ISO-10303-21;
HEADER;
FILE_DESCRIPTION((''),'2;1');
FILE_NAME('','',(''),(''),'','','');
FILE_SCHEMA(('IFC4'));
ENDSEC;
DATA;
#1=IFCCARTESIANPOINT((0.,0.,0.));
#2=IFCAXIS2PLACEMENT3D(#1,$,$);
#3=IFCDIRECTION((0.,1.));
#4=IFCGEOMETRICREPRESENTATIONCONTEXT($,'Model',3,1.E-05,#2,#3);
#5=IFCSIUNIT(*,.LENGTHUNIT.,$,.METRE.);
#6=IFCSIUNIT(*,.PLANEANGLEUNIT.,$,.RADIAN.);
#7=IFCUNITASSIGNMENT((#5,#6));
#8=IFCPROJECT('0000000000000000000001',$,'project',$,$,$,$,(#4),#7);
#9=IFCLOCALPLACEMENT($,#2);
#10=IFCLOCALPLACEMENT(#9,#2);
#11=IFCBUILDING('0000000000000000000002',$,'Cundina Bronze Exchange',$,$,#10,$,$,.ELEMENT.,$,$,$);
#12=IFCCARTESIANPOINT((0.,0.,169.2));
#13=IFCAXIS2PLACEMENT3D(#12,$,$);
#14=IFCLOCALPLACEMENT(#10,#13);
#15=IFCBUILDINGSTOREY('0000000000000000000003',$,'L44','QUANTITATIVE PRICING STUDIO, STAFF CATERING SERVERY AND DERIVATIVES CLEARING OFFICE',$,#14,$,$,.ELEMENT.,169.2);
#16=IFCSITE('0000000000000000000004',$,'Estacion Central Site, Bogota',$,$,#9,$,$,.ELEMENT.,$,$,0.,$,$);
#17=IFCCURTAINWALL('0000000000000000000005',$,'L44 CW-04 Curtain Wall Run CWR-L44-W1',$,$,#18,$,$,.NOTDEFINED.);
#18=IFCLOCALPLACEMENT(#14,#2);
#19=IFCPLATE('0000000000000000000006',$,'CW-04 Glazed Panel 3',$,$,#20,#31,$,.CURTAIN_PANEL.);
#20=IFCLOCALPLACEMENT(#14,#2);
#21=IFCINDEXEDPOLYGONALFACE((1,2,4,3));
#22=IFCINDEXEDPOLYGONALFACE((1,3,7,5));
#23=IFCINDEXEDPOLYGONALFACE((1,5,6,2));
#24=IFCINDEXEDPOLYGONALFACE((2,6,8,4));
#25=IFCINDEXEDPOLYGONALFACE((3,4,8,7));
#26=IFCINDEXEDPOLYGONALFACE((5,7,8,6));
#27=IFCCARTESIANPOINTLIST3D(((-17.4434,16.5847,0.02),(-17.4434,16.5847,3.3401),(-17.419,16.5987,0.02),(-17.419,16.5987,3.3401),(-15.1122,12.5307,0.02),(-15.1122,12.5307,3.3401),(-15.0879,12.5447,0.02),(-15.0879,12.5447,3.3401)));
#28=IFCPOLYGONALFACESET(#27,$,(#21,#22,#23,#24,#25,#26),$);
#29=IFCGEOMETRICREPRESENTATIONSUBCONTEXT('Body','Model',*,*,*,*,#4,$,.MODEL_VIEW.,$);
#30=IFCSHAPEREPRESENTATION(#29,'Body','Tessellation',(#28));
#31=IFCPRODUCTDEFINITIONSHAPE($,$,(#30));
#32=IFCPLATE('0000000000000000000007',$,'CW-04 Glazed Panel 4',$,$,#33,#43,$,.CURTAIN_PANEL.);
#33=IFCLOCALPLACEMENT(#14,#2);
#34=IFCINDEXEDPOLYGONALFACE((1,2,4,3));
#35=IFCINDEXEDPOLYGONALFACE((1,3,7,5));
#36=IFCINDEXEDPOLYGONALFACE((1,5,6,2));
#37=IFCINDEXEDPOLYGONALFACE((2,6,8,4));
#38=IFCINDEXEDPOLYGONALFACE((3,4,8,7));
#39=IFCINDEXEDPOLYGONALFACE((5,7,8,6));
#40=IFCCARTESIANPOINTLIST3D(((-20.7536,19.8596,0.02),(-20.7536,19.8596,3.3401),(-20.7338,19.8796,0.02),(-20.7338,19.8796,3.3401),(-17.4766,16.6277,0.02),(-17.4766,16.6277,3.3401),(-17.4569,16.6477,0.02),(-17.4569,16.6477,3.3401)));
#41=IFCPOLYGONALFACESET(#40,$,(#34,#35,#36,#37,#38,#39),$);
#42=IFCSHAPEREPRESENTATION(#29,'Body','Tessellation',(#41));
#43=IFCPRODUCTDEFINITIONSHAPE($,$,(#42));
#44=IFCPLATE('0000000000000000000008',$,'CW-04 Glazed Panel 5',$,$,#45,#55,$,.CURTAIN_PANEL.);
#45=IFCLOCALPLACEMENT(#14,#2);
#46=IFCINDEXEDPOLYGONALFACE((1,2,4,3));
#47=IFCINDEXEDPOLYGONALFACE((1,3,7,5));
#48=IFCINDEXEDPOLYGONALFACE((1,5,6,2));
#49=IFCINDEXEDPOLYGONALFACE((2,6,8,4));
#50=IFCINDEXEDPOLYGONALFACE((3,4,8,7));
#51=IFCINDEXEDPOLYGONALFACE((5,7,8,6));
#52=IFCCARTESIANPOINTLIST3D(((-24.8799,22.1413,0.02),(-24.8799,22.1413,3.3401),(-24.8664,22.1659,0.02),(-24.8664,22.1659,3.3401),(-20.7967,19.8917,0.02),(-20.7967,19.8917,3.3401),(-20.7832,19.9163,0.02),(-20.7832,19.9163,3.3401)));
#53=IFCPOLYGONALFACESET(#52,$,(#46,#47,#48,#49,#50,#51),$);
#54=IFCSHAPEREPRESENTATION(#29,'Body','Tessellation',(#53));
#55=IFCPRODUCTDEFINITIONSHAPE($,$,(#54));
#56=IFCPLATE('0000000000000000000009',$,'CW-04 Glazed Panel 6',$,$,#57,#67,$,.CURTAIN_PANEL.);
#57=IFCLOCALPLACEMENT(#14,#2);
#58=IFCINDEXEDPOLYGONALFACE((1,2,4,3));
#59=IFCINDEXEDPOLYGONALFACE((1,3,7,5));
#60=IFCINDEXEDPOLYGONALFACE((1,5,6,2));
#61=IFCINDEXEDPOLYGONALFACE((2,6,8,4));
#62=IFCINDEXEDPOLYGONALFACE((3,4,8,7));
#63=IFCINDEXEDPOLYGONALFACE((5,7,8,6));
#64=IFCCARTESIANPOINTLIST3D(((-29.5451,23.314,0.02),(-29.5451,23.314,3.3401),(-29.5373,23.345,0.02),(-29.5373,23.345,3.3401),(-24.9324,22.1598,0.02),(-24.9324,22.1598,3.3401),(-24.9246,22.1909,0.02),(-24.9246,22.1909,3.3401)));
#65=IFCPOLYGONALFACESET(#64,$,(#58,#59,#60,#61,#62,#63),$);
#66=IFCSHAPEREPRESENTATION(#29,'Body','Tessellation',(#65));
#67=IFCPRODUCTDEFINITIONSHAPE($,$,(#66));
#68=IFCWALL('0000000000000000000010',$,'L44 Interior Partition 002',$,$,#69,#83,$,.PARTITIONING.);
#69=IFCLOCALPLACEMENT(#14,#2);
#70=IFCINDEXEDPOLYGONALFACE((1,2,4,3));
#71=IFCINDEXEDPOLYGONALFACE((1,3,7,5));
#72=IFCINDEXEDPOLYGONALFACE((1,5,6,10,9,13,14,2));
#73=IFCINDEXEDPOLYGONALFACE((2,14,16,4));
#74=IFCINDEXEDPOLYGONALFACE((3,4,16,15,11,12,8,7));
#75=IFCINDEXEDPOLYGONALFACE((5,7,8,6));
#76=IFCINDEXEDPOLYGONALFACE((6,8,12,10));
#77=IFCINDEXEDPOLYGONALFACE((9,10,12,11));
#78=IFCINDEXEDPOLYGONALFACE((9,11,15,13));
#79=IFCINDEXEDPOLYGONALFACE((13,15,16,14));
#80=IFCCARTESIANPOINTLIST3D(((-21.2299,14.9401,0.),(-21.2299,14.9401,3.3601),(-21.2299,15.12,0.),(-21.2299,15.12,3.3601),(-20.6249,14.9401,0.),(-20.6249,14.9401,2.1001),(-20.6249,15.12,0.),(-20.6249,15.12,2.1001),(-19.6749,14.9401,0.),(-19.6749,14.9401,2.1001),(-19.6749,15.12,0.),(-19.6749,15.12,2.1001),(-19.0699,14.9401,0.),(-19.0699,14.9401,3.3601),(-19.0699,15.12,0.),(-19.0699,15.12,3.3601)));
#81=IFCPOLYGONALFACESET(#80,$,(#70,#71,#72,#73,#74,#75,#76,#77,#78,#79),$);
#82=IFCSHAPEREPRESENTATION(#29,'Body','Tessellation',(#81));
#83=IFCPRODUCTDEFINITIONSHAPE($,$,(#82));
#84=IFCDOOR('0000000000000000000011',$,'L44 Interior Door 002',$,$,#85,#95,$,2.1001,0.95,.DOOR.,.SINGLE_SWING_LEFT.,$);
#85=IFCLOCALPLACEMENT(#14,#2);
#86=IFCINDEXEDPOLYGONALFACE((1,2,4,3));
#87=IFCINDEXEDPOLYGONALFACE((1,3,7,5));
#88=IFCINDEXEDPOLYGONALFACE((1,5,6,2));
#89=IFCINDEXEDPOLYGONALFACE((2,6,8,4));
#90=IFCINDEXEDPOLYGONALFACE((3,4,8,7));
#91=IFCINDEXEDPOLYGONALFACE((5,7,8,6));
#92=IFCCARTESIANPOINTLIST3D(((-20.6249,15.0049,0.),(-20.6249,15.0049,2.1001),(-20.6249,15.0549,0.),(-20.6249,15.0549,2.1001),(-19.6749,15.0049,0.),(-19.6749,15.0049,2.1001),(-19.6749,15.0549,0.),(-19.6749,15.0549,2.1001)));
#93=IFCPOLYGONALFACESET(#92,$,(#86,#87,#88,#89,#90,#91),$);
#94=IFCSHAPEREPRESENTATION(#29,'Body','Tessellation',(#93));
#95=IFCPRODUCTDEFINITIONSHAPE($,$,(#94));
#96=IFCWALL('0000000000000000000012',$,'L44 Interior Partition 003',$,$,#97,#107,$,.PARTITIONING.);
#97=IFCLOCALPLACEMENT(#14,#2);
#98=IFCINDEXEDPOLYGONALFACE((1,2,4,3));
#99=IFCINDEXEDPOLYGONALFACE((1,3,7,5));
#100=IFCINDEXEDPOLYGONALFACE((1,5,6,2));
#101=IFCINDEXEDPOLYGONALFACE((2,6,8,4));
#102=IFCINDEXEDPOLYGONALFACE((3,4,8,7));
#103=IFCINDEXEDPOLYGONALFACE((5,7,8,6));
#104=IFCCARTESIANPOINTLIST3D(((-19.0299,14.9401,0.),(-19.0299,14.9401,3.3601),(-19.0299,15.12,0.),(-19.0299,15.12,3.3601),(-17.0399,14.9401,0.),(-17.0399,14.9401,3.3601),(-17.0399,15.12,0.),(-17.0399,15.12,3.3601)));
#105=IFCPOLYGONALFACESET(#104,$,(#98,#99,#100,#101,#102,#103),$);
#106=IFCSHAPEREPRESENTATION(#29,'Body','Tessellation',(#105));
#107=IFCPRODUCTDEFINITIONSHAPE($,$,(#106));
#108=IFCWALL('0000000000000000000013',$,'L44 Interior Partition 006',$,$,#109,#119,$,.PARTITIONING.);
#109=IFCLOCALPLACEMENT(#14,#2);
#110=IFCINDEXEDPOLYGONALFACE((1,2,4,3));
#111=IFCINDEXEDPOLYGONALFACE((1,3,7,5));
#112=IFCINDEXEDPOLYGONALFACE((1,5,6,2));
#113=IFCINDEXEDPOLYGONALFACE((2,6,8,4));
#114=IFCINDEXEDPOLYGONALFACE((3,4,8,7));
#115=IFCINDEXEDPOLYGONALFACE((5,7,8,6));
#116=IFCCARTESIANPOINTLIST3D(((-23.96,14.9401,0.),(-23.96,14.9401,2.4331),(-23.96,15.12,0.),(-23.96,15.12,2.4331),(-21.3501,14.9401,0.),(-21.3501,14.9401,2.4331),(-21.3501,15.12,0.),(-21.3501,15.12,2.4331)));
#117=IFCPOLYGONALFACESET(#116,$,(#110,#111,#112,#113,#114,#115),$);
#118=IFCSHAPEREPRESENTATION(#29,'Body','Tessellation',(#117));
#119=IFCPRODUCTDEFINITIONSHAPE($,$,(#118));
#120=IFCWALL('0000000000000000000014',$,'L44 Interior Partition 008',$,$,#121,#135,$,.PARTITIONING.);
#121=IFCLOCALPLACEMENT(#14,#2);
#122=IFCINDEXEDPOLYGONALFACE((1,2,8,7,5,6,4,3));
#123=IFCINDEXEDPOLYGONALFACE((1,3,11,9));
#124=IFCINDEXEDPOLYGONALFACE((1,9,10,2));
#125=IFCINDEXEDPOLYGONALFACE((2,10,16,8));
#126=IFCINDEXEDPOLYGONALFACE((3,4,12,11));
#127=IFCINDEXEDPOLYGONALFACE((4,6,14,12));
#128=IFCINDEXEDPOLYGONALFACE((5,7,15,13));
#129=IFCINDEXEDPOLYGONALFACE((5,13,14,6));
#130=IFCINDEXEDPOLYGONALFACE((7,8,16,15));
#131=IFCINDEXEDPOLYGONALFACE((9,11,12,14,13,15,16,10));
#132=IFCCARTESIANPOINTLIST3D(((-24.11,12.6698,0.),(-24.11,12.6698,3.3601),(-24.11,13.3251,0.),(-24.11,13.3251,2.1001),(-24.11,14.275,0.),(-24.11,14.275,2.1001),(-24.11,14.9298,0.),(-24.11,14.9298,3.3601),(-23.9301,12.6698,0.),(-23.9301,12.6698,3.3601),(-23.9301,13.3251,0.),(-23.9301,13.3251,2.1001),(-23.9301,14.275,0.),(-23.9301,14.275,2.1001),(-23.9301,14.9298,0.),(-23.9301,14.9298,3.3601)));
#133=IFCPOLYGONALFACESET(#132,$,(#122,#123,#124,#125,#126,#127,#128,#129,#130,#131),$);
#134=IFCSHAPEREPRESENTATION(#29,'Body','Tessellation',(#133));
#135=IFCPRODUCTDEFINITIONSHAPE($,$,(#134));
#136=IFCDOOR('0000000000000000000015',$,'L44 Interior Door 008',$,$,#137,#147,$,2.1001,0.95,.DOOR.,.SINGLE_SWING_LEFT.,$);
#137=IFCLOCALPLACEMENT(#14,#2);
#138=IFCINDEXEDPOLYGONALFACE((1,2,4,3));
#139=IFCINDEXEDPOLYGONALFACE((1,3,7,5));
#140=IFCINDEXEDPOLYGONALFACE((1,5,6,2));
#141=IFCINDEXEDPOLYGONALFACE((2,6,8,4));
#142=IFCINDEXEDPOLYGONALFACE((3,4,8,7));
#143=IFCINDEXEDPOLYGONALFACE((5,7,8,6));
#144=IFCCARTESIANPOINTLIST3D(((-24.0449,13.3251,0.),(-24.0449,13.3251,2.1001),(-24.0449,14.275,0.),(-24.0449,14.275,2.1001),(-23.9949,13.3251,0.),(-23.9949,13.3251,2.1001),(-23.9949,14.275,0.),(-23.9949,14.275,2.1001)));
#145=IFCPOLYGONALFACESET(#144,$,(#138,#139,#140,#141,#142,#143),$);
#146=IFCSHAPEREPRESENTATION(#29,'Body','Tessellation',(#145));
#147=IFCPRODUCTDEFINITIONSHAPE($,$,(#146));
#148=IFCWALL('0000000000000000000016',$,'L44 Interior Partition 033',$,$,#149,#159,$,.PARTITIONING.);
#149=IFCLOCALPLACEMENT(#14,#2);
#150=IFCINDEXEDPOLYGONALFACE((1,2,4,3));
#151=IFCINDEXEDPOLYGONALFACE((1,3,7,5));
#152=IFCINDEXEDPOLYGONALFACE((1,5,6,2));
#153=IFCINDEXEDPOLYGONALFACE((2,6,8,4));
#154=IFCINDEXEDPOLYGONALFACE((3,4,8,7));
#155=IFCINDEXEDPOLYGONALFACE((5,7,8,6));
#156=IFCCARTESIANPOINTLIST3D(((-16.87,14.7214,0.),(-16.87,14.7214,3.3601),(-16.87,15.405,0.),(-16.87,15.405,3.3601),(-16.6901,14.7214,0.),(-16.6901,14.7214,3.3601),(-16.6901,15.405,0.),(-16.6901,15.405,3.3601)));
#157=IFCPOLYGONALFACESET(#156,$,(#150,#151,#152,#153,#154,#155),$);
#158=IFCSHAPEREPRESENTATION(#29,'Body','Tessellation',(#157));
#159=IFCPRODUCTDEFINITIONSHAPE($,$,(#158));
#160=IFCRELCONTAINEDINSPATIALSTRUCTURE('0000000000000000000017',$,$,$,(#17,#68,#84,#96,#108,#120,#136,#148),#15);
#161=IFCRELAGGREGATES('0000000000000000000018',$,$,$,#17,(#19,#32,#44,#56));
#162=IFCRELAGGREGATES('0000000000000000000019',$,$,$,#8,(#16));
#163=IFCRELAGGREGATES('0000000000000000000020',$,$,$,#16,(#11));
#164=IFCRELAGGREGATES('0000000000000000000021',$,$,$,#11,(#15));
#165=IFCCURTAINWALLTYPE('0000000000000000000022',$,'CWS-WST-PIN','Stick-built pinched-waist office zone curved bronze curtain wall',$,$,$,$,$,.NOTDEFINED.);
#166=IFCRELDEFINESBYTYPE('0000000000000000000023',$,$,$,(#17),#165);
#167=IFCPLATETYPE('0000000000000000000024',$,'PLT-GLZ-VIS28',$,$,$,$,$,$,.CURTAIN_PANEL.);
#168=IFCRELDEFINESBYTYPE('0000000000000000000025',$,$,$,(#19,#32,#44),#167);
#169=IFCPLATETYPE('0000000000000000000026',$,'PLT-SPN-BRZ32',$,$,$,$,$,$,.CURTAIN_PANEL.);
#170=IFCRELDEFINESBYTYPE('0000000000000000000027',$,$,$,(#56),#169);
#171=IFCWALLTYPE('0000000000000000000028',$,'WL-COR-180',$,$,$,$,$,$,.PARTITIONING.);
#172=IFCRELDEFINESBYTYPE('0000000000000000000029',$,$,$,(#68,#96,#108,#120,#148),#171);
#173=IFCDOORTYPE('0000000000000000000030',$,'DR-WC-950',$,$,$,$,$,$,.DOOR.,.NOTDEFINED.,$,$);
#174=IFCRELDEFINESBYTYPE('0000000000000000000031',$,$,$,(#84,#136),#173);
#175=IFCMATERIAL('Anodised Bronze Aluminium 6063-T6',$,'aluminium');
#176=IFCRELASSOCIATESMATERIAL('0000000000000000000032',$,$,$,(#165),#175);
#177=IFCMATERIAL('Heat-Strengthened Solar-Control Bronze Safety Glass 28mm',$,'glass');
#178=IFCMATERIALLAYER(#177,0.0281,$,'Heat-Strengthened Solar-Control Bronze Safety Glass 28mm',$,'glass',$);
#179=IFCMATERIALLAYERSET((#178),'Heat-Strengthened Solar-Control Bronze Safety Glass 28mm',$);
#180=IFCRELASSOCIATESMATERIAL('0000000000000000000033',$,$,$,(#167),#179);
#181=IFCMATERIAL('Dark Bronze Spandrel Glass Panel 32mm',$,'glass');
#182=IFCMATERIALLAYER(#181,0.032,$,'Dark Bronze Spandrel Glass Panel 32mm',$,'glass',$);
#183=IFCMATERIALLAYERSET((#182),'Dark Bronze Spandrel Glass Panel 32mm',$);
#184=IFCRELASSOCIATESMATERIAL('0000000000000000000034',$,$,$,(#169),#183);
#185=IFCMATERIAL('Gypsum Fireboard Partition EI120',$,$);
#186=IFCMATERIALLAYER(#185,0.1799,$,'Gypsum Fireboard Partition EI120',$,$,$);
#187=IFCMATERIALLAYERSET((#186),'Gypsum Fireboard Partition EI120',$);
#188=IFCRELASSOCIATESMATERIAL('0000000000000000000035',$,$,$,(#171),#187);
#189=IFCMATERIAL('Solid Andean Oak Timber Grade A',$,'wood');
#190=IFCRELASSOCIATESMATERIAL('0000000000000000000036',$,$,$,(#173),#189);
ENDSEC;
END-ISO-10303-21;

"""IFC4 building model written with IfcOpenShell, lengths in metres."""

from ifc_helpers import new_model, si_unit, direction, frame, frame_2d, origin, origin_2d, place, context, subcontext, project, spatial, rectangle, extrude, material, layer, layer_set, type_object, element, fill, aggregate, save


model = new_model("IFC4")

# Units and contexts
model_context = context("Model", 3, precision=1e-05, world=origin(), true_north=direction((0.0, 1.0)))
body_context = subcontext(model_context, "Body", "Model", "MODEL_VIEW")
ifc_project = project(units=[si_unit("LENGTHUNIT", "METRE"), si_unit("PLANEANGLEUNIT", "RADIAN")], contexts=[model_context])

# Site, building, storey
site_placement = place(None, origin())
site = spatial("IfcSite", under=ifc_project, at=site_placement, Name="Estacion Central Site, Bogota", CompositionType="ELEMENT", RefElevation=0.0)
building_placement = place(site_placement, origin())
building = spatial("IfcBuilding", under=site, at=building_placement, Name="Cundina Bronze Exchange", CompositionType="ELEMENT")
storey_placement = place(building_placement, frame((0.0, 0.0, 169.2)))
storey = spatial("IfcBuildingStorey", under=building, at=storey_placement, Name="L44", Description="QUANTITATIVE PRICING STUDIO, STAFF CATERING SERVERY AND DERIVATIVES CLEARING OFFICE", CompositionType="ELEMENT", Elevation=169.2)

# Curtain wall, plates
ifc_material_1 = material(Name="Anodised Bronze Aluminium 6063-T6", Category="aluminium")
curtain_wall_type = type_object("IfcCurtainWallType", Name="CWS-WST-PIN", Description="Stick-built pinched-waist office zone curved bronze curtain wall", PredefinedType="NOTDEFINED", material=ifc_material_1)
curtain_wall_placement = place(storey_placement, origin())
curtain_wall = element("IfcCurtainWall", 1, at=curtain_wall_placement, inside=storey, type_object=curtain_wall_type, Name="L44 CW-04 Curtain Wall Run CWR-L44-W1", PredefinedType="NOTDEFINED")
ifc_material_2 = material(Name="Heat-Strengthened Solar-Control Bronze Safety Glass 28mm", Category="glass")
ifc_layer_1 = layer(ifc_material_2, 0.0281, Name="Heat-Strengthened Solar-Control Bronze Safety Glass 28mm", Category="glass")
ifc_layer_set_1 = layer_set([ifc_layer_1], Name="Heat-Strengthened Solar-Control Bronze Safety Glass 28mm")
plate_type_1 = type_object("IfcPlateType", Name="PLT-GLZ-VIS28", PredefinedType="CURTAIN_PANEL", material=ifc_layer_set_1)
plate_1_placement = place(storey_placement, frame((-16.2656, 14.5647, 0.02), z_axis=(0.0, 0.0, 1.0), x_axis=(-0.498488, 0.866897, 0.0)))
plate_1 = element("IfcPlate", 2, at=plate_1_placement, type_object=plate_type_1, Name="CW-04 Glazed Panel 3", PredefinedType="CURTAIN_PANEL", context=body_context, shape_type="SweptSolid", body=[
    extrude(rectangle(XDim=4.6765, YDim=0.0281, at=origin_2d()), origin(), (0.0, 0.0, 1.0), 3.3201),
])
plate_2_placement = place(storey_placement, frame((-19.1052, 18.2537, 0.02), z_axis=(0.0, 0.0, 1.0), x_axis=(-0.711989, 0.70219, 0.0)))
plate_2 = element("IfcPlate", 3, at=plate_2_placement, type_object=plate_type_1, Name="CW-04 Glazed Panel 4", PredefinedType="CURTAIN_PANEL", context=body_context, shape_type="SweptSolid", body=[
    extrude(rectangle(XDim=4.6025, YDim=0.0281, at=origin_2d()), origin(), (0.0, 0.0, 1.0), 3.3201),
])
plate_3_placement = place(storey_placement, frame((-22.8315, 21.0288, 0.02), z_axis=(0.0, 0.0, 1.0), x_axis=(-0.875869, 0.482549, 0.0)))
plate_3 = element("IfcPlate", 4, at=plate_3_placement, type_object=plate_type_1, Name="CW-04 Glazed Panel 5", PredefinedType="CURTAIN_PANEL", context=body_context, shape_type="SweptSolid", body=[
    extrude(rectangle(XDim=4.6619, YDim=0.0281, at=origin_2d()), origin(), (0.0, 0.0, 1.0), 3.3201),
])
ifc_material_3 = material(Name="Dark Bronze Spandrel Glass Panel 32mm", Category="glass")
ifc_layer_2 = layer(ifc_material_3, 0.032, Name="Dark Bronze Spandrel Glass Panel 32mm", Category="glass")
ifc_layer_set_2 = layer_set([ifc_layer_2], Name="Dark Bronze Spandrel Glass Panel 32mm")
plate_type_2 = type_object("IfcPlateType", Name="PLT-SPN-BRZ32", PredefinedType="CURTAIN_PANEL", material=ifc_layer_set_2)
plate_4_placement = place(storey_placement, frame((-27.2349, 22.7524, 0.02), z_axis=(0.0, 0.0, 1.0), x_axis=(-0.970093, 0.242735, 0.0)))
plate_4 = element("IfcPlate", 5, at=plate_4_placement, type_object=plate_type_2, Name="CW-04 Glazed Panel 6", PredefinedType="CURTAIN_PANEL", context=body_context, shape_type="SweptSolid", body=[
    extrude(rectangle(XDim=4.7549, YDim=0.032, at=origin_2d()), origin(), (0.0, 0.0, 1.0), 3.3201),
])
aggregate(curtain_wall, [plate_1, plate_2, plate_3, plate_4])

# Wall, opening, door
ifc_material_4 = material(Name="Gypsum Fireboard Partition EI120")
ifc_layer_3 = layer(ifc_material_4, 0.1799, Name="Gypsum Fireboard Partition EI120")
ifc_layer_set_3 = layer_set([ifc_layer_3], Name="Gypsum Fireboard Partition EI120")
wall_type_1 = type_object("IfcWallType", Name="WL-COR-180", PredefinedType="PARTITIONING", material=ifc_layer_set_3)
wall_1_placement = place(storey_placement, frame((-21.23, 15.03, 0.0), z_axis=(0.0, 0.0, 1.0), x_axis=(1.0, 0.0, 0.0)))
wall_1 = element("IfcWall", 6, at=wall_1_placement, inside=storey, type_object=wall_type_1, Name="L44 Interior Partition 002", PredefinedType="PARTITIONING", context=body_context, shape_type="SweptSolid", body=[
    extrude(rectangle(XDim=2.1599, YDim=0.1799, at=frame_2d((1.0801, 0.0))), origin(), (0.0, 0.0, 1.0), 3.3601),
])
opening_1_placement = place(wall_1_placement, frame((0.605, 0.0, 0.0)))
opening_1 = element("IfcOpeningElement", 7, at=opening_1_placement, cuts=wall_1, PredefinedType="OPENING", context=body_context, shape_type="SweptSolid", body=[
    extrude(rectangle(XDim=0.95, YDim=2.1001, at=frame_2d((0.4751, 1.05))), frame((0.0, 0.0999, 0.0), z_axis=(0.0, -1.0, 0.0), x_axis=(1.0, 0.0, 0.0)), (0.0, 0.0, 1.0), 0.2),
])
ifc_material_5 = material(Name="Solid Andean Oak Timber Grade A", Category="wood")
door_type_1 = type_object("IfcDoorType", Name="DR-WC-950", OperationType="NOTDEFINED", PredefinedType="DOOR", material=ifc_material_5)
door_1_placement = place(opening_1_placement, origin())
door_1 = element("IfcDoor", 8, at=door_1_placement, inside=storey, type_object=door_type_1, Name="L44 Interior Door 002", OperationType="SINGLE_SWING_LEFT", OverallHeight=2.1001, OverallWidth=0.95, PredefinedType="DOOR", context=body_context, shape_type="SweptSolid", body=[
    extrude(rectangle(XDim=0.95, YDim=2.1001, at=frame_2d((0.4751, 1.05))), frame((0.0, 0.0249, 0.0), z_axis=(0.0, -1.0, 0.0), x_axis=(1.0, 0.0, 0.0)), (0.0, 0.0, 1.0), 0.05),
])
fill(opening_1, door_1)

# Walls
wall_2_placement = place(storey_placement, frame((-19.03, 15.03, 0.0), z_axis=(0.0, 0.0, 1.0), x_axis=(1.0, 0.0, 0.0)))
element("IfcWall", 9, at=wall_2_placement, inside=storey, type_object=wall_type_1, Name="L44 Interior Partition 003", PredefinedType="PARTITIONING", context=body_context, shape_type="SweptSolid", body=[
    extrude(rectangle(XDim=1.99, YDim=0.1799, at=frame_2d((0.9951, 0.0))), origin(), (0.0, 0.0, 1.0), 3.3601),
])
wall_3_placement = place(storey_placement, frame((-23.96, 15.03, 0.0), z_axis=(0.0, 0.0, 1.0), x_axis=(1.0, 0.0, 0.0)))
element("IfcWall", 10, at=wall_3_placement, inside=storey, type_object=wall_type_1, Name="L44 Interior Partition 006", PredefinedType="PARTITIONING", context=body_context, shape_type="SweptSolid", body=[
    extrude(rectangle(XDim=2.6099, YDim=0.1799, at=frame_2d((1.3049, 0.0))), origin(), (0.0, 0.0, 1.0), 2.4331),
])

# Wall, opening, door
wall_4_placement = place(storey_placement, frame((-24.02, 12.6699, 0.0), z_axis=(0.0, 0.0, 1.0), x_axis=(0.0, 1.0, 0.0)))
wall_4 = element("IfcWall", 11, at=wall_4_placement, inside=storey, type_object=wall_type_1, Name="L44 Interior Partition 008", PredefinedType="PARTITIONING", context=body_context, shape_type="SweptSolid", body=[
    extrude(rectangle(XDim=2.26, YDim=0.1799, at=frame_2d((1.1299, 0.0))), origin(), (0.0, 0.0, 1.0), 3.3601),
])
opening_2_placement = place(wall_4_placement, frame((0.655, 0.0, 0.0)))
opening_2 = element("IfcOpeningElement", 12, at=opening_2_placement, cuts=wall_4, PredefinedType="OPENING", context=body_context, shape_type="SweptSolid", body=[
    extrude(rectangle(XDim=0.95, YDim=2.1001, at=frame_2d((0.4751, 1.05))), frame((0.0, 0.0999, 0.0), z_axis=(0.0, -1.0, 0.0), x_axis=(1.0, 0.0, 0.0)), (0.0, 0.0, 1.0), 0.2),
])
door_2_placement = place(opening_2_placement, origin())
door_2 = element("IfcDoor", 13, at=door_2_placement, inside=storey, type_object=door_type_1, Name="L44 Interior Door 008", OperationType="SINGLE_SWING_LEFT", OverallHeight=2.1001, OverallWidth=0.95, PredefinedType="DOOR", context=body_context, shape_type="SweptSolid", body=[
    extrude(rectangle(XDim=0.95, YDim=2.1001, at=frame_2d((0.4751, 1.05))), frame((0.0, 0.0249, 0.0), z_axis=(0.0, -1.0, 0.0), x_axis=(1.0, 0.0, 0.0)), (0.0, 0.0, 1.0), 0.05),
])
fill(opening_2, door_2)

# Wall
wall_5_placement = place(storey_placement, frame((-16.78, 14.7214, 0.0), z_axis=(0.0, 0.0, 1.0), x_axis=(0.0, 1.0, 0.0)))
element("IfcWall", 14, at=wall_5_placement, inside=storey, type_object=wall_type_1, Name="L44 Interior Partition 033", PredefinedType="PARTITIONING", context=body_context, shape_type="SweptSolid", body=[
    extrude(rectangle(XDim=0.6836, YDim=0.1799, at=frame_2d((0.3418, 0.0))), origin(), (0.0, 0.0, 1.0), 3.3601),
])

save(model, "model.ifc")
